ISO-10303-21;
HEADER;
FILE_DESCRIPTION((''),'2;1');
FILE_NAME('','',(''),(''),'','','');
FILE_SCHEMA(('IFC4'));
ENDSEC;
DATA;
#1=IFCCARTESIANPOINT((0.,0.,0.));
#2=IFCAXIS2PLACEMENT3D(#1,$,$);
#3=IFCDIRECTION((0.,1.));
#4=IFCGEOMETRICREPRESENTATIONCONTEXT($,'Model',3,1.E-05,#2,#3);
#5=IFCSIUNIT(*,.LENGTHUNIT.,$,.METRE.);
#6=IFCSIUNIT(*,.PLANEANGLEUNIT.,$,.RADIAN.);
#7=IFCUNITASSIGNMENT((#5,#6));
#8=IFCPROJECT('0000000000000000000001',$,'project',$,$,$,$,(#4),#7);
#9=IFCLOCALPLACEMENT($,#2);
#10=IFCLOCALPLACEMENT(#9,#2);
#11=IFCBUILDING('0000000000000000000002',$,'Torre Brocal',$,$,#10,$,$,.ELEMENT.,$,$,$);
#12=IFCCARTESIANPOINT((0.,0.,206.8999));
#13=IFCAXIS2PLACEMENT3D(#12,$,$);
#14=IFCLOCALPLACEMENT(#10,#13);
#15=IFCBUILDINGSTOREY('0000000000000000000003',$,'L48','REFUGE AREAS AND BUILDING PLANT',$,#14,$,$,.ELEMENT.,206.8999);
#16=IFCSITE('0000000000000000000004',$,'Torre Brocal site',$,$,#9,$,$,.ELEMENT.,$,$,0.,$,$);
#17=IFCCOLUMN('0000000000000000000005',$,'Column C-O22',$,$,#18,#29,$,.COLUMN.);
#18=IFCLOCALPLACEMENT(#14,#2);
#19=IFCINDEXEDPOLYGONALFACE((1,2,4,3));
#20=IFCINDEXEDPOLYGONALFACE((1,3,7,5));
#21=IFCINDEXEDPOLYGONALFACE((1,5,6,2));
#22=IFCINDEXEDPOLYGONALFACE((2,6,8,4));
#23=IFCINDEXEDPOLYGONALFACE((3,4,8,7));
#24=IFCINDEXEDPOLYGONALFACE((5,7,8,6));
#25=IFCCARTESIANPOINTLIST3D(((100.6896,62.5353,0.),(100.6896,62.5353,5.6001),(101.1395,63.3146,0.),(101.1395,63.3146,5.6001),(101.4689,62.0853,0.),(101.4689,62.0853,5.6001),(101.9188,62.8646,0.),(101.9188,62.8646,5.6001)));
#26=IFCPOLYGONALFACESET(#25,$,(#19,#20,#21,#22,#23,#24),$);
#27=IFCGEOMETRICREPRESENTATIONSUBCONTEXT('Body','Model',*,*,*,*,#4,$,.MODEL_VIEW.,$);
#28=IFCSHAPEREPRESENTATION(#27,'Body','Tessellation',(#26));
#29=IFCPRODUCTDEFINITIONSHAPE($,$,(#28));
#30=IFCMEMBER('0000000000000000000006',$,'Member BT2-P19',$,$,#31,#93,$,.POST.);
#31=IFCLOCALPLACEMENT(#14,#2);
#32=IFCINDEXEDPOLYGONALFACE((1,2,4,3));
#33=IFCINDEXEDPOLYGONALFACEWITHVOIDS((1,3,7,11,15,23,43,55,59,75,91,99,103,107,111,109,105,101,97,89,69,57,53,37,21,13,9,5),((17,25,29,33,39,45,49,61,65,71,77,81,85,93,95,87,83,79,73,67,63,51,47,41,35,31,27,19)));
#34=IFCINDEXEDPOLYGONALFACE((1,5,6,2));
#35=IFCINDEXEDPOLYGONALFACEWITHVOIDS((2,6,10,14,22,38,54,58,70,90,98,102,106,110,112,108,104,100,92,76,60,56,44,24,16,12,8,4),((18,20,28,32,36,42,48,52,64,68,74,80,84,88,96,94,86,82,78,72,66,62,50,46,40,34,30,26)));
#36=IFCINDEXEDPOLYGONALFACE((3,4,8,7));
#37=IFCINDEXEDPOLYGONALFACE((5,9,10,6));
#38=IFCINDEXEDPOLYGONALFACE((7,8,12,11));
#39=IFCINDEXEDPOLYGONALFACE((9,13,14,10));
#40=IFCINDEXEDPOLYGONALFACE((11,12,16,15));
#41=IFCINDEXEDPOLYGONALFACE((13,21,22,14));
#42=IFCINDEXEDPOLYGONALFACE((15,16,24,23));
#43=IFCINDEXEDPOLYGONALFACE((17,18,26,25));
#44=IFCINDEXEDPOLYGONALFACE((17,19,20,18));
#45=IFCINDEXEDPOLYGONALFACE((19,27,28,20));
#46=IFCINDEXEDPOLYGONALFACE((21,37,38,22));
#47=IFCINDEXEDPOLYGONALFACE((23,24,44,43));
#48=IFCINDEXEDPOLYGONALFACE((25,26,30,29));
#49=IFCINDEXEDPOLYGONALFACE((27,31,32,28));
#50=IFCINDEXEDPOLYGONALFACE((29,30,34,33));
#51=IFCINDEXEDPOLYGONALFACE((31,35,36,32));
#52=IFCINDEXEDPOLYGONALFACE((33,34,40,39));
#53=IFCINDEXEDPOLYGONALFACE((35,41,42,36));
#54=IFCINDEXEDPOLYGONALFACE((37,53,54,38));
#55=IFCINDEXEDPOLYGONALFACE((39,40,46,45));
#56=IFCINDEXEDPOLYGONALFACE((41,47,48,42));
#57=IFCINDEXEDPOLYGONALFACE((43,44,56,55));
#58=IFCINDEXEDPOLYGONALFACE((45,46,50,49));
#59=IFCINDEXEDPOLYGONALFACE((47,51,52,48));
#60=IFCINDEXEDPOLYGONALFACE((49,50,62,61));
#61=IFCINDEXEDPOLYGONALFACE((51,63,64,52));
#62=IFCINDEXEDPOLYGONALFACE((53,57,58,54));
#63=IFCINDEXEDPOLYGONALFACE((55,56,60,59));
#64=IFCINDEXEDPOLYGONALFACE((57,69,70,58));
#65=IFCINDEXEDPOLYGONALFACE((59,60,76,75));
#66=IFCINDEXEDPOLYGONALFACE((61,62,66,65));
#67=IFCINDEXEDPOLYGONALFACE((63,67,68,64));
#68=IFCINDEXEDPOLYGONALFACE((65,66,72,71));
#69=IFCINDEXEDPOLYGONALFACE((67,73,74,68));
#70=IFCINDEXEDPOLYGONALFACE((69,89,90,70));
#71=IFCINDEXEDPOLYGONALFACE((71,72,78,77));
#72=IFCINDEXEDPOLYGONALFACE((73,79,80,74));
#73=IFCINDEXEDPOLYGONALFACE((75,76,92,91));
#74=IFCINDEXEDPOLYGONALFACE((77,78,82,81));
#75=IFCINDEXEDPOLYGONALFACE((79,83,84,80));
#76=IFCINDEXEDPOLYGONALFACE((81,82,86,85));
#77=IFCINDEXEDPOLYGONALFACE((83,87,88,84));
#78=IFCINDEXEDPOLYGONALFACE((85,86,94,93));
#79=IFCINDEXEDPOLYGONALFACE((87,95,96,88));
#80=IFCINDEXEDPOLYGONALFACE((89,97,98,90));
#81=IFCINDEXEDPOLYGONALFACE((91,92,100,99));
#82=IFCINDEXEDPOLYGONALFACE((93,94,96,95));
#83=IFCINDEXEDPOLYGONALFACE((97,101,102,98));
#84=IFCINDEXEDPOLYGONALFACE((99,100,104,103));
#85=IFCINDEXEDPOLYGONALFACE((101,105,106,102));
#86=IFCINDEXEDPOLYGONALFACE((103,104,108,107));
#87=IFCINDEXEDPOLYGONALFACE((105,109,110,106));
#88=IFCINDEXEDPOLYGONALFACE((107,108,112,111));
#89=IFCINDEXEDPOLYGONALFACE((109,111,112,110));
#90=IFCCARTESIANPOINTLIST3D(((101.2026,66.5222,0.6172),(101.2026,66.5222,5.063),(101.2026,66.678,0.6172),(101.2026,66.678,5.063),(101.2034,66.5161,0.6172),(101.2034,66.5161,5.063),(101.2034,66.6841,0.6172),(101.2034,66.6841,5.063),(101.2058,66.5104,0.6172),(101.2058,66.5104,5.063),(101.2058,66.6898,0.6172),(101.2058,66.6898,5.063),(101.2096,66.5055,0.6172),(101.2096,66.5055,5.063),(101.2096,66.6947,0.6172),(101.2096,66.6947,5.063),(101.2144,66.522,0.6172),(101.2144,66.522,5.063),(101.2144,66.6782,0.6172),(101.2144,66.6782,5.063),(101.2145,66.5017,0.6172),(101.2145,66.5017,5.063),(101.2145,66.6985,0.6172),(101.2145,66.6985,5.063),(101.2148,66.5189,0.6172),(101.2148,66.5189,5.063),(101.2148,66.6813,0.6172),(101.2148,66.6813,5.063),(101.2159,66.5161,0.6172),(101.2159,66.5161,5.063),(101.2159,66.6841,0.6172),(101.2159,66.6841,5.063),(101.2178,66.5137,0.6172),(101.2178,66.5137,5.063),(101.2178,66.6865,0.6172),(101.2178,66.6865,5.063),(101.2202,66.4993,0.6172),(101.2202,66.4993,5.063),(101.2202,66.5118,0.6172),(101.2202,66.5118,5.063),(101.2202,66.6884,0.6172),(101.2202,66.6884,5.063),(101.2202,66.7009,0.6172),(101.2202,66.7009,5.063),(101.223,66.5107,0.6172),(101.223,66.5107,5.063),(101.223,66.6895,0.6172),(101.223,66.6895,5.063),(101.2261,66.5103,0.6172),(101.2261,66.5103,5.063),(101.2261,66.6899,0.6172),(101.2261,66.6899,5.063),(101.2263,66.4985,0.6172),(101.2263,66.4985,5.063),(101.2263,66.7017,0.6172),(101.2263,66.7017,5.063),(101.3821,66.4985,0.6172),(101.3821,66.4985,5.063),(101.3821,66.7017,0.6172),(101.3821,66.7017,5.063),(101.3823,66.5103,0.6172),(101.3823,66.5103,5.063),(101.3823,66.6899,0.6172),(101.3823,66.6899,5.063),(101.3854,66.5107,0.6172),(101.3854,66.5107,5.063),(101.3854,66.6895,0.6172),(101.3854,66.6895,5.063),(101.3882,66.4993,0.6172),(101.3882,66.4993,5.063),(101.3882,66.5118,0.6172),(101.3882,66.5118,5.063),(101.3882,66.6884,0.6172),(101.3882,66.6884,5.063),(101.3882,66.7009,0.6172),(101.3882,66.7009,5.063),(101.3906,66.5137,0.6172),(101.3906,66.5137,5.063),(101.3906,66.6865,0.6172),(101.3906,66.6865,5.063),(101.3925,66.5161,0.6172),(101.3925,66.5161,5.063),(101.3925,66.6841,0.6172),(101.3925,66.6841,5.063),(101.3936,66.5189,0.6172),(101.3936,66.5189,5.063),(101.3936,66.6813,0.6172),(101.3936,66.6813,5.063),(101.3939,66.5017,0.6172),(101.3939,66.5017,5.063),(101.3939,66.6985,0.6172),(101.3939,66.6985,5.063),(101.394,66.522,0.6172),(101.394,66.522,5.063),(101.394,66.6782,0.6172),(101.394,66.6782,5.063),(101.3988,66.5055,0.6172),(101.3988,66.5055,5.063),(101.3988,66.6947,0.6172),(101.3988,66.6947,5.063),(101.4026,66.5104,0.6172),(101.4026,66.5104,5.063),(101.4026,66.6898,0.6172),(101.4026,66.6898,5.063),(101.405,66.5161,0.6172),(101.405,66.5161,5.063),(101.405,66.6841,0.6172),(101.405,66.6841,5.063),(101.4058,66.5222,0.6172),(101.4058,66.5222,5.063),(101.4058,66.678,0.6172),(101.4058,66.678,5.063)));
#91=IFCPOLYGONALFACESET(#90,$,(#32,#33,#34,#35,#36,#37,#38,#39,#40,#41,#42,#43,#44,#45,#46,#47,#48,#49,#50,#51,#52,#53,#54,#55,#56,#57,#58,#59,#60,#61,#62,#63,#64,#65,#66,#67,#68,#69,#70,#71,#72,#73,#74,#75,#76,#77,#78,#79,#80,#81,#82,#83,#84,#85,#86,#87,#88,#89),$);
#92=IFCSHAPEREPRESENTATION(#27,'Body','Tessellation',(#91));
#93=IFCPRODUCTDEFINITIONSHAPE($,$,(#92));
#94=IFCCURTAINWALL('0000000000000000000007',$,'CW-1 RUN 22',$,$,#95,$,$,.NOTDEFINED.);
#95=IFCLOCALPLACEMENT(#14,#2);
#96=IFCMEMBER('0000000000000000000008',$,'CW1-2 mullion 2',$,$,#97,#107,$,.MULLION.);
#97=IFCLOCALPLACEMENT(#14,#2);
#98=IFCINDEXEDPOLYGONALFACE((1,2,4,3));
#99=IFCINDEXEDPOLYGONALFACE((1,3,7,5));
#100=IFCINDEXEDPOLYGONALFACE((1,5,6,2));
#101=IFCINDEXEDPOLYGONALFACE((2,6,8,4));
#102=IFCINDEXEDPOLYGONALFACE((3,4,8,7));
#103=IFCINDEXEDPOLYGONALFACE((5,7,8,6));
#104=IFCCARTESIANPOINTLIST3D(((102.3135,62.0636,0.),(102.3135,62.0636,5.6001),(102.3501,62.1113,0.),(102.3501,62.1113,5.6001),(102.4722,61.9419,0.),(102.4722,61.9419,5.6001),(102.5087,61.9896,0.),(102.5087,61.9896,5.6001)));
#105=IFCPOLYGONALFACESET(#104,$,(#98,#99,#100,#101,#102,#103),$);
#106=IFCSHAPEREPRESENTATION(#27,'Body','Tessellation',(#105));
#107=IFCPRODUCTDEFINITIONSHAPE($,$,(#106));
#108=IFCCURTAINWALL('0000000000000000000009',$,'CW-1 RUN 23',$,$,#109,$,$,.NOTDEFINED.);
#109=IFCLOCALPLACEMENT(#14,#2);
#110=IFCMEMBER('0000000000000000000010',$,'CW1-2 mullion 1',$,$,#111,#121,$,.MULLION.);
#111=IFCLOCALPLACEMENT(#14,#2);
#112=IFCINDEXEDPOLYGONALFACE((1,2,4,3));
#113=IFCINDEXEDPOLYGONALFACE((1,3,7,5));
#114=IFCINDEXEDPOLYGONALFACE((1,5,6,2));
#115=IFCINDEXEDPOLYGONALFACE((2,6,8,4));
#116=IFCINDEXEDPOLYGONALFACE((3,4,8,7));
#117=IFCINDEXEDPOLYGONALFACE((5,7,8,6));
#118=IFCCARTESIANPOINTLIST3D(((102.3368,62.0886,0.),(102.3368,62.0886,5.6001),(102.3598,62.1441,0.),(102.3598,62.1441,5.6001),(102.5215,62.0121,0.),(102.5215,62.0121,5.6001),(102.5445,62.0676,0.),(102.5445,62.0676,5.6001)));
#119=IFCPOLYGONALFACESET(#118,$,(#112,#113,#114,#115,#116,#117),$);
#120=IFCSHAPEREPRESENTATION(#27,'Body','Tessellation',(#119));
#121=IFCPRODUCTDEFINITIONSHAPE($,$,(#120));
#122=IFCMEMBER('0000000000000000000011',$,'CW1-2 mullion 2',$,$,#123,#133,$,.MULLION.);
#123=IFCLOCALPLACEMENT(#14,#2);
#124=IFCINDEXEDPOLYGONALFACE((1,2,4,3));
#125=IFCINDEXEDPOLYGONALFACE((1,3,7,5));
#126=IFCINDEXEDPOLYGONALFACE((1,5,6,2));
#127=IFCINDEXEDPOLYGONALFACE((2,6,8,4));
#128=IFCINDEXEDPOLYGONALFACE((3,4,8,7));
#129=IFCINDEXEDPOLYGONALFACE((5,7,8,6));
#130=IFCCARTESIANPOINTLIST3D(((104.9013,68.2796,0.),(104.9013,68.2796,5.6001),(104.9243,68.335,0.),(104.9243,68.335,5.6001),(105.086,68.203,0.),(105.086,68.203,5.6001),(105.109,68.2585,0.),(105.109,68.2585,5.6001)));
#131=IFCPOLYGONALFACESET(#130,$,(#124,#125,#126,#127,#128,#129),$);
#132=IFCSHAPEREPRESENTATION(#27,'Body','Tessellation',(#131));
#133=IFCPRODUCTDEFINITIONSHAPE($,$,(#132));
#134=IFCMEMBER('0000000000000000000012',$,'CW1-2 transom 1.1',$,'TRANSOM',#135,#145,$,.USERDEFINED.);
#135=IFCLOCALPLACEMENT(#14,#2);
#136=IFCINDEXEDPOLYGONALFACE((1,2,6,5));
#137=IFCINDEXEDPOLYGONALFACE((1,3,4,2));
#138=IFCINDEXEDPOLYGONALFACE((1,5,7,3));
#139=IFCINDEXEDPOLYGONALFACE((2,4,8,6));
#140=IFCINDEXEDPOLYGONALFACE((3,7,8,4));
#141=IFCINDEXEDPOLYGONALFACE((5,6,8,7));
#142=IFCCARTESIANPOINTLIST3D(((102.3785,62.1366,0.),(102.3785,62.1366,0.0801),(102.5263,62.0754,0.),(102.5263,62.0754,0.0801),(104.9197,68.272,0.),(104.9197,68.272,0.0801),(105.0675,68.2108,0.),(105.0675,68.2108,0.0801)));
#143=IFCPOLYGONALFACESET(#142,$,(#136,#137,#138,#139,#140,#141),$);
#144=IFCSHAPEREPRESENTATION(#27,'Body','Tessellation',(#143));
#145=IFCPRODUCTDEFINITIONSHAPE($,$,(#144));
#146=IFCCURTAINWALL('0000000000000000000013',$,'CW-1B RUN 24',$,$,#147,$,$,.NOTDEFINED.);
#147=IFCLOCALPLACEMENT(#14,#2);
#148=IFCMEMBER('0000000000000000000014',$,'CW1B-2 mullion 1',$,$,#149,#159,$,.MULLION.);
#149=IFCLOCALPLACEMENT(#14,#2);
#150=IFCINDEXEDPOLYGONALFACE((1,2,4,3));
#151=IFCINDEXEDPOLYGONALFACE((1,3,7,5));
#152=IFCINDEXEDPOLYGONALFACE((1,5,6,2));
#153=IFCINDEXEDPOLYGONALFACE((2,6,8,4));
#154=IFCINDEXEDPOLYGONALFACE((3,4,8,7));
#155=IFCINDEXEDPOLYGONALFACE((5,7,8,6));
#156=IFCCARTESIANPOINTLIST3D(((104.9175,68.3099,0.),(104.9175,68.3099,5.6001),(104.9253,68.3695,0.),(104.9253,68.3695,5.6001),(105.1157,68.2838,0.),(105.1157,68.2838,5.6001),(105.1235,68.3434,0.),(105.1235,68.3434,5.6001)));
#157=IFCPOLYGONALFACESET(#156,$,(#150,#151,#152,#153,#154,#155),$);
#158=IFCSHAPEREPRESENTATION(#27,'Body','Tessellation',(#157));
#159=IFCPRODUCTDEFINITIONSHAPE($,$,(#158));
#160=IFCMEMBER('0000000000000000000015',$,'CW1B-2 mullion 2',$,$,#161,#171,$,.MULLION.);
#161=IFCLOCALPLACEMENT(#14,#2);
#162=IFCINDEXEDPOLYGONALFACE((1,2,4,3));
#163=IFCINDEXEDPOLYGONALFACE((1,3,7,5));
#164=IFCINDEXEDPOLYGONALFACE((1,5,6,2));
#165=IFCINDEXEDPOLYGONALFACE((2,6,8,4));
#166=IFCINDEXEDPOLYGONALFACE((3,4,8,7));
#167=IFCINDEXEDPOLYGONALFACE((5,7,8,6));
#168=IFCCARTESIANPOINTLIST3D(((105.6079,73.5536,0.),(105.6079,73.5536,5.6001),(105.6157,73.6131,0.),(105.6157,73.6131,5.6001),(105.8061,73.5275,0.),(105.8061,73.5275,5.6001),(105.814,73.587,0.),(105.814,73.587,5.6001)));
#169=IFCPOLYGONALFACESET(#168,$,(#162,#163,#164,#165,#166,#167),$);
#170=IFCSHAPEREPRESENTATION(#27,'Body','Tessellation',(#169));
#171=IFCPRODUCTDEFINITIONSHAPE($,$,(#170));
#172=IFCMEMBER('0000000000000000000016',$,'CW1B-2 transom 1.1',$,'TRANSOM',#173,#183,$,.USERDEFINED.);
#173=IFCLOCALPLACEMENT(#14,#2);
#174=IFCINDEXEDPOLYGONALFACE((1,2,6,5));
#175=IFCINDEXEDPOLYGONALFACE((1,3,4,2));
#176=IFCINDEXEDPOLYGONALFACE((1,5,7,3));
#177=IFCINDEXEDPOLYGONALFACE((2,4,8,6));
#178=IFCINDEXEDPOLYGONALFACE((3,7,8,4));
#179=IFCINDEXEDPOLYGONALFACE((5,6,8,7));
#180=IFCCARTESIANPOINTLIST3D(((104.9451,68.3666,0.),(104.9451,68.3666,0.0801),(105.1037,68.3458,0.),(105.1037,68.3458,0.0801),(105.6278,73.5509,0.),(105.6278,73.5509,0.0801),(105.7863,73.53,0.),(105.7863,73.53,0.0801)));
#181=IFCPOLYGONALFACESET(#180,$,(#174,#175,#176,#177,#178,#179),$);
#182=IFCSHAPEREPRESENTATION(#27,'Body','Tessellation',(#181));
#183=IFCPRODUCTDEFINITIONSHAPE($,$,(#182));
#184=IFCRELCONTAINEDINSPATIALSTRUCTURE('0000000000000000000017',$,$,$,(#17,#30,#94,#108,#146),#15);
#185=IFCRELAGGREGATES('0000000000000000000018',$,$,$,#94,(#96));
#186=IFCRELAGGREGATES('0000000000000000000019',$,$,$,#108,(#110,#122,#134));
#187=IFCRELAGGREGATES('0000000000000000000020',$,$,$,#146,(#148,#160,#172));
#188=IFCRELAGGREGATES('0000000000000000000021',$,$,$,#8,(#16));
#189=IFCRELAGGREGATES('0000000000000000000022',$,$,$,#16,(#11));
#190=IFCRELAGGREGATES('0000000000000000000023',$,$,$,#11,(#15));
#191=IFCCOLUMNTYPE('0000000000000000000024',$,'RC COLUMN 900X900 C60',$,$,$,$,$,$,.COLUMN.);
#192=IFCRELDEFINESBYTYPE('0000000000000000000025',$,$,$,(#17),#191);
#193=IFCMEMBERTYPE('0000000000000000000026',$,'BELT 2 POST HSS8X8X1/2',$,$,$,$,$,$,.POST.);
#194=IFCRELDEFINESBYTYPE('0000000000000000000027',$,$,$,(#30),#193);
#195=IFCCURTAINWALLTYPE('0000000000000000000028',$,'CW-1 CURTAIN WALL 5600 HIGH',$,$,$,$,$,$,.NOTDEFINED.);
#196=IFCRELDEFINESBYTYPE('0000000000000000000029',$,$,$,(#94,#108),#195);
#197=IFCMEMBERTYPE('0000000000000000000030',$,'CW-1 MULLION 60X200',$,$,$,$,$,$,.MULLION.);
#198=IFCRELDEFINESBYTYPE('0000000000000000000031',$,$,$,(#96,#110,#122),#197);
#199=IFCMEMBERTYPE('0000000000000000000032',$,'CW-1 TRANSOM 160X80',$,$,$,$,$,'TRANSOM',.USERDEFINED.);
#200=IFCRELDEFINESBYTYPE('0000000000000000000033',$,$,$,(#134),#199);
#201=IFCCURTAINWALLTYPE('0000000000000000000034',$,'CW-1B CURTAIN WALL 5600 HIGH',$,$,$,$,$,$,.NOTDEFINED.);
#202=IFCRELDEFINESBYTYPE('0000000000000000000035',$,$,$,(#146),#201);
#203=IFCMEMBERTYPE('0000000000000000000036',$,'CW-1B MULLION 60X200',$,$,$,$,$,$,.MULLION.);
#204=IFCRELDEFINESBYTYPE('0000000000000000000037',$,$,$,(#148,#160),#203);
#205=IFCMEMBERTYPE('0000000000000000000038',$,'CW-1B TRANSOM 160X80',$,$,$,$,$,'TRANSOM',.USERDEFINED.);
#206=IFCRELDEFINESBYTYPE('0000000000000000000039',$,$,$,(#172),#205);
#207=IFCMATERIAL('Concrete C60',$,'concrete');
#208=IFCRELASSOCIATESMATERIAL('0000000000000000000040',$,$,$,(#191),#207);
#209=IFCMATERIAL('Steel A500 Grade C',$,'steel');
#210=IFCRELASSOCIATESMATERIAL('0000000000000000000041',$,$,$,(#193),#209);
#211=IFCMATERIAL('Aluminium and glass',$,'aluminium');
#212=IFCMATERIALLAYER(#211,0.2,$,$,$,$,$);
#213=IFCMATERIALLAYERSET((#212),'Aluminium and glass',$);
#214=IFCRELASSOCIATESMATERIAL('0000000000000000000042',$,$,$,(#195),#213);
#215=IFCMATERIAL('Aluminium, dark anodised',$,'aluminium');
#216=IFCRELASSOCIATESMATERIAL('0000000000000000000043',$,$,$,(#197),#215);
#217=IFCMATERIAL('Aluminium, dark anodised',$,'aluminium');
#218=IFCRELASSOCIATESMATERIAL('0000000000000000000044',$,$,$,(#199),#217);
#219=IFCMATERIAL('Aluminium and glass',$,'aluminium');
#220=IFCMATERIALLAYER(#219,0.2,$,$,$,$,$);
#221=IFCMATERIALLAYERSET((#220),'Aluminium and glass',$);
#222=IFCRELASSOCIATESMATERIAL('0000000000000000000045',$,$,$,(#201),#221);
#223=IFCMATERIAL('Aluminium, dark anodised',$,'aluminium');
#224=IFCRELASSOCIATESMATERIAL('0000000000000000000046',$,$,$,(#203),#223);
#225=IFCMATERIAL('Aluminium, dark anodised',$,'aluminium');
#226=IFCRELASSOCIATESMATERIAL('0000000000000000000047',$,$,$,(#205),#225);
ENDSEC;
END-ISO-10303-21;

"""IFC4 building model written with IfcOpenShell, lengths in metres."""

from ifc_helpers import new_model, si_unit, direction, frame, origin, origin_2d, place, context, subcontext, project, spatial, rectangle, hollow_rectangle, extrude, material, layer, layer_set, material_profile, profile_set, type_object, element, aggregate, save


model = new_model("IFC4")

# Units and contexts
model_context = context("Model", 3, precision=1e-05, world=origin(), true_north=direction((0.0, 1.0)))
body_context = subcontext(model_context, "Body", "Model", "MODEL_VIEW")
ifc_project = project(units=[si_unit("LENGTHUNIT", "METRE"), si_unit("PLANEANGLEUNIT", "RADIAN")], contexts=[model_context])

# Site, building, storey
site_placement = place(None, origin())
site = spatial("IfcSite", under=ifc_project, at=site_placement, Name="Torre Brocal site", CompositionType="ELEMENT", RefElevation=0.0)
building_placement = place(site_placement, origin())
building = spatial("IfcBuilding", under=site, at=building_placement, Name="Torre Brocal", CompositionType="ELEMENT")
storey_placement = place(building_placement, frame((0.0, 0.0, 206.8999)))
storey = spatial("IfcBuildingStorey", under=building, at=storey_placement, Name="L48", Description="REFUGE AREAS AND BUILDING PLANT", CompositionType="ELEMENT", Elevation=206.8999)

# Column
ifc_material_1 = material(Name="Concrete C60", Category="concrete")
ifc_material_profile_1 = material_profile(ifc_material_1, rectangle(XDim=0.8999, YDim=0.8999, at=origin_2d()), Name="RC 900X900")
ifc_profile_set_1 = profile_set([ifc_material_profile_1], Name="Concrete C60")
column_type = type_object("IfcColumnType", Name="RC COLUMN 900X900 C60", PredefinedType="COLUMN", material=ifc_profile_set_1)
column_placement = place(storey_placement, frame((101.3042, 62.7, 0.0), z_axis=(0.0, 0.0, 1.0), x_axis=(0.866025, -0.5, 0.0)))
element("IfcColumn", 1, at=column_placement, inside=storey, type_object=column_type, Name="Column C-O22", PredefinedType="COLUMN", context=body_context, shape_type="SweptSolid", body=[
    extrude(rectangle(XDim=0.8999, YDim=0.8999, at=origin_2d()), origin(), (0.0, 0.0, 1.0), 5.6001),
])

# Member
ifc_material_2 = material(Name="Steel A500 Grade C", Category="steel")
ifc_material_profile_2 = material_profile(ifc_material_2, hollow_rectangle(XDim=0.2031, YDim=0.2031, WallThickness=0.0117, InnerFilletRadius=0.0117, OuterFilletRadius=0.0237, at=origin_2d()), Name="HSS8X8X1/2")
ifc_profile_set_2 = profile_set([ifc_material_profile_2], Name="Steel A500 Grade C")
member_type_1 = type_object("IfcMemberType", Name="BELT 2 POST HSS8X8X1/2", PredefinedType="POST", material=ifc_profile_set_2)
member_1_placement = place(storey_placement, frame((101.3042, 66.6001, 0.6172), z_axis=(0.0, 0.0, 1.0), x_axis=(1.0, 0.0, 0.0)))
element("IfcMember", 2, at=member_1_placement, inside=storey, type_object=member_type_1, Name="Member BT2-P19", PredefinedType="POST", context=body_context, shape_type="SweptSolid", body=[
    extrude(hollow_rectangle(XDim=0.2031, YDim=0.2031, WallThickness=0.0117, InnerFilletRadius=0.0117, OuterFilletRadius=0.0237, at=origin_2d()), origin(), (0.0, 0.0, 1.0), 4.4458),
])

# Curtain wall, member
ifc_material_3 = material(Name="Aluminium and glass", Category="aluminium")
ifc_layer_1 = layer(ifc_material_3, 0.2)
ifc_layer_set_1 = layer_set([ifc_layer_1], Name="Aluminium and glass")
curtain_wall_type_1 = type_object("IfcCurtainWallType", Name="CW-1 CURTAIN WALL 5600 HIGH", PredefinedType="NOTDEFINED", material=ifc_layer_set_1)
curtain_wall_1_placement = place(storey_placement, origin())
curtain_wall_1 = element("IfcCurtainWall", 3, at=curtain_wall_1_placement, inside=storey, type_object=curtain_wall_type_1, Name="CW-1 RUN 22", PredefinedType="NOTDEFINED")
ifc_material_4 = material(Name="Aluminium, dark anodised", Category="aluminium")
ifc_material_profile_3 = material_profile(ifc_material_4, rectangle(XDim=0.2, YDim=0.0601, at=origin_2d()), Name="CW-1 MULLION 60X200")
ifc_profile_set_3 = profile_set([ifc_material_profile_3], Name="Aluminium, dark anodised")
member_type_2 = type_object("IfcMemberType", Name="CW-1 MULLION 60X200", PredefinedType="MULLION", material=ifc_profile_set_3)
member_2_placement = place(storey_placement, frame((102.4111, 62.0266, 0.0), z_axis=(0.0, 0.0, 1.0), x_axis=(-0.793353, 0.608761, 0.0)))
member_2 = element("IfcMember", 4, at=member_2_placement, type_object=member_type_2, Name="CW1-2 mullion 2", PredefinedType="MULLION", context=body_context, shape_type="SweptSolid", body=[
    extrude(rectangle(XDim=0.2, YDim=0.0601, at=origin_2d()), origin(), (0.0, 0.0, 1.0), 5.6001),
])
aggregate(curtain_wall_1, [member_2])

# Curtain walls, members
curtain_wall_2_placement = place(storey_placement, origin())
curtain_wall_2 = element("IfcCurtainWall", 5, at=curtain_wall_2_placement, inside=storey, type_object=curtain_wall_type_1, Name="CW-1 RUN 23", PredefinedType="NOTDEFINED")
member_3_placement = place(storey_placement, frame((102.4407, 62.0781, 0.0), z_axis=(0.0, 0.0, 1.0), x_axis=(-0.92388, 0.382683, 0.0)))
member_3 = element("IfcMember", 6, at=member_3_placement, type_object=member_type_2, Name="CW1-2 mullion 1", PredefinedType="MULLION", context=body_context, shape_type="SweptSolid", body=[
    extrude(rectangle(XDim=0.2, YDim=0.0601, at=origin_2d()), origin(), (0.0, 0.0, 1.0), 5.6001),
])
member_4_placement = place(storey_placement, frame((105.0051, 68.269, 0.0), z_axis=(0.0, 0.0, 1.0), x_axis=(-0.92388, 0.382683, 0.0)))
member_4 = element("IfcMember", 7, at=member_4_placement, type_object=member_type_2, Name="CW1-2 mullion 2", PredefinedType="MULLION", context=body_context, shape_type="SweptSolid", body=[
    extrude(rectangle(XDim=0.2, YDim=0.0601, at=origin_2d()), origin(), (0.0, 0.0, 1.0), 5.6001),
])
ifc_material_5 = material(Name="Aluminium, dark anodised", Category="aluminium")
ifc_material_profile_4 = material_profile(ifc_material_5, rectangle(XDim=0.1599, YDim=0.0801, at=origin_2d()), Name="CW-1 TRANSOM 160X80")
ifc_profile_set_4 = profile_set([ifc_material_profile_4], Name="Aluminium, dark anodised")
member_type_3 = type_object("IfcMemberType", Name="CW-1 TRANSOM 160X80", ElementType="TRANSOM", PredefinedType="USERDEFINED", material=ifc_profile_set_4)
member_5_placement = place(storey_placement, frame((102.4524, 62.106, 0.04), z_axis=(0.382665, 0.923887, 0.0), x_axis=(-0.923887, 0.382665, 0.0)))
member_5 = element("IfcMember", 8, at=member_5_placement, type_object=member_type_3, Name="CW1-2 transom 1.1", ObjectType="TRANSOM", PredefinedType="USERDEFINED", context=body_context, shape_type="SweptSolid", body=[
    extrude(rectangle(XDim=0.1599, YDim=0.0801, at=origin_2d()), origin(), (0.0, 0.0, 1.0), 6.6409),
])
ifc_material_6 = material(Name="Aluminium and glass", Category="aluminium")
ifc_layer_2 = layer(ifc_material_6, 0.2)
ifc_layer_set_2 = layer_set([ifc_layer_2], Name="Aluminium and glass")
curtain_wall_type_2 = type_object("IfcCurtainWallType", Name="CW-1B CURTAIN WALL 5600 HIGH", PredefinedType="NOTDEFINED", material=ifc_layer_set_2)
curtain_wall_3_placement = place(storey_placement, origin())
curtain_wall_3 = element("IfcCurtainWall", 9, at=curtain_wall_3_placement, inside=storey, type_object=curtain_wall_type_2, Name="CW-1B RUN 24", PredefinedType="NOTDEFINED")
ifc_material_7 = material(Name="Aluminium, dark anodised", Category="aluminium")
ifc_material_profile_5 = material_profile(ifc_material_7, rectangle(XDim=0.2, YDim=0.0601, at=origin_2d()), Name="CW-1B MULLION 60X200")
ifc_profile_set_5 = profile_set([ifc_material_profile_5], Name="Aluminium, dark anodised")
member_type_4 = type_object("IfcMemberType", Name="CW-1B MULLION 60X200", PredefinedType="MULLION", material=ifc_profile_set_5)
member_6_placement = place(storey_placement, frame((105.0205, 68.3267, 0.0), z_axis=(0.0, 0.0, 1.0), x_axis=(-0.991445, 0.130526, 0.0)))
member_6 = element("IfcMember", 10, at=member_6_placement, type_object=member_type_4, Name="CW1B-2 mullion 1", PredefinedType="MULLION", context=body_context, shape_type="SweptSolid", body=[
    extrude(rectangle(XDim=0.2, YDim=0.0601, at=origin_2d()), origin(), (0.0, 0.0, 1.0), 5.6001),
])
member_7_placement = place(storey_placement, frame((105.7109, 73.5703, 0.0), z_axis=(0.0, 0.0, 1.0), x_axis=(-0.991445, 0.130526, 0.0)))
member_7 = element("IfcMember", 11, at=member_7_placement, type_object=member_type_4, Name="CW1B-2 mullion 2", PredefinedType="MULLION", context=body_context, shape_type="SweptSolid", body=[
    extrude(rectangle(XDim=0.2, YDim=0.0601, at=origin_2d()), origin(), (0.0, 0.0, 1.0), 5.6001),
])
ifc_material_8 = material(Name="Aluminium, dark anodised", Category="aluminium")
ifc_material_profile_6 = material_profile(ifc_material_8, rectangle(XDim=0.1599, YDim=0.0801, at=origin_2d()), Name="CW-1B TRANSOM 160X80")
ifc_profile_set_6 = profile_set([ifc_material_profile_6], Name="Aluminium, dark anodised")
member_type_5 = type_object("IfcMemberType", Name="CW-1B TRANSOM 160X80", ElementType="TRANSOM", PredefinedType="USERDEFINED", material=ifc_profile_set_6)
member_8_placement = place(storey_placement, frame((105.0244, 68.3562, 0.04), z_axis=(0.130543, 0.991443, 0.0), x_axis=(-0.991443, 0.130543, 0.0)))
member_8 = element("IfcMember", 12, at=member_8_placement, type_object=member_type_5, Name="CW1B-2 transom 1.1", ObjectType="TRANSOM", PredefinedType="USERDEFINED", context=body_context, shape_type="SweptSolid", body=[
    extrude(rectangle(XDim=0.1599, YDim=0.0801, at=origin_2d()), origin(), (0.0, 0.0, 1.0), 5.229),
])

aggregate(curtain_wall_2, [member_3, member_4, member_5])
aggregate(curtain_wall_3, [member_6, member_7, member_8])

save(model, "model.ifc")
